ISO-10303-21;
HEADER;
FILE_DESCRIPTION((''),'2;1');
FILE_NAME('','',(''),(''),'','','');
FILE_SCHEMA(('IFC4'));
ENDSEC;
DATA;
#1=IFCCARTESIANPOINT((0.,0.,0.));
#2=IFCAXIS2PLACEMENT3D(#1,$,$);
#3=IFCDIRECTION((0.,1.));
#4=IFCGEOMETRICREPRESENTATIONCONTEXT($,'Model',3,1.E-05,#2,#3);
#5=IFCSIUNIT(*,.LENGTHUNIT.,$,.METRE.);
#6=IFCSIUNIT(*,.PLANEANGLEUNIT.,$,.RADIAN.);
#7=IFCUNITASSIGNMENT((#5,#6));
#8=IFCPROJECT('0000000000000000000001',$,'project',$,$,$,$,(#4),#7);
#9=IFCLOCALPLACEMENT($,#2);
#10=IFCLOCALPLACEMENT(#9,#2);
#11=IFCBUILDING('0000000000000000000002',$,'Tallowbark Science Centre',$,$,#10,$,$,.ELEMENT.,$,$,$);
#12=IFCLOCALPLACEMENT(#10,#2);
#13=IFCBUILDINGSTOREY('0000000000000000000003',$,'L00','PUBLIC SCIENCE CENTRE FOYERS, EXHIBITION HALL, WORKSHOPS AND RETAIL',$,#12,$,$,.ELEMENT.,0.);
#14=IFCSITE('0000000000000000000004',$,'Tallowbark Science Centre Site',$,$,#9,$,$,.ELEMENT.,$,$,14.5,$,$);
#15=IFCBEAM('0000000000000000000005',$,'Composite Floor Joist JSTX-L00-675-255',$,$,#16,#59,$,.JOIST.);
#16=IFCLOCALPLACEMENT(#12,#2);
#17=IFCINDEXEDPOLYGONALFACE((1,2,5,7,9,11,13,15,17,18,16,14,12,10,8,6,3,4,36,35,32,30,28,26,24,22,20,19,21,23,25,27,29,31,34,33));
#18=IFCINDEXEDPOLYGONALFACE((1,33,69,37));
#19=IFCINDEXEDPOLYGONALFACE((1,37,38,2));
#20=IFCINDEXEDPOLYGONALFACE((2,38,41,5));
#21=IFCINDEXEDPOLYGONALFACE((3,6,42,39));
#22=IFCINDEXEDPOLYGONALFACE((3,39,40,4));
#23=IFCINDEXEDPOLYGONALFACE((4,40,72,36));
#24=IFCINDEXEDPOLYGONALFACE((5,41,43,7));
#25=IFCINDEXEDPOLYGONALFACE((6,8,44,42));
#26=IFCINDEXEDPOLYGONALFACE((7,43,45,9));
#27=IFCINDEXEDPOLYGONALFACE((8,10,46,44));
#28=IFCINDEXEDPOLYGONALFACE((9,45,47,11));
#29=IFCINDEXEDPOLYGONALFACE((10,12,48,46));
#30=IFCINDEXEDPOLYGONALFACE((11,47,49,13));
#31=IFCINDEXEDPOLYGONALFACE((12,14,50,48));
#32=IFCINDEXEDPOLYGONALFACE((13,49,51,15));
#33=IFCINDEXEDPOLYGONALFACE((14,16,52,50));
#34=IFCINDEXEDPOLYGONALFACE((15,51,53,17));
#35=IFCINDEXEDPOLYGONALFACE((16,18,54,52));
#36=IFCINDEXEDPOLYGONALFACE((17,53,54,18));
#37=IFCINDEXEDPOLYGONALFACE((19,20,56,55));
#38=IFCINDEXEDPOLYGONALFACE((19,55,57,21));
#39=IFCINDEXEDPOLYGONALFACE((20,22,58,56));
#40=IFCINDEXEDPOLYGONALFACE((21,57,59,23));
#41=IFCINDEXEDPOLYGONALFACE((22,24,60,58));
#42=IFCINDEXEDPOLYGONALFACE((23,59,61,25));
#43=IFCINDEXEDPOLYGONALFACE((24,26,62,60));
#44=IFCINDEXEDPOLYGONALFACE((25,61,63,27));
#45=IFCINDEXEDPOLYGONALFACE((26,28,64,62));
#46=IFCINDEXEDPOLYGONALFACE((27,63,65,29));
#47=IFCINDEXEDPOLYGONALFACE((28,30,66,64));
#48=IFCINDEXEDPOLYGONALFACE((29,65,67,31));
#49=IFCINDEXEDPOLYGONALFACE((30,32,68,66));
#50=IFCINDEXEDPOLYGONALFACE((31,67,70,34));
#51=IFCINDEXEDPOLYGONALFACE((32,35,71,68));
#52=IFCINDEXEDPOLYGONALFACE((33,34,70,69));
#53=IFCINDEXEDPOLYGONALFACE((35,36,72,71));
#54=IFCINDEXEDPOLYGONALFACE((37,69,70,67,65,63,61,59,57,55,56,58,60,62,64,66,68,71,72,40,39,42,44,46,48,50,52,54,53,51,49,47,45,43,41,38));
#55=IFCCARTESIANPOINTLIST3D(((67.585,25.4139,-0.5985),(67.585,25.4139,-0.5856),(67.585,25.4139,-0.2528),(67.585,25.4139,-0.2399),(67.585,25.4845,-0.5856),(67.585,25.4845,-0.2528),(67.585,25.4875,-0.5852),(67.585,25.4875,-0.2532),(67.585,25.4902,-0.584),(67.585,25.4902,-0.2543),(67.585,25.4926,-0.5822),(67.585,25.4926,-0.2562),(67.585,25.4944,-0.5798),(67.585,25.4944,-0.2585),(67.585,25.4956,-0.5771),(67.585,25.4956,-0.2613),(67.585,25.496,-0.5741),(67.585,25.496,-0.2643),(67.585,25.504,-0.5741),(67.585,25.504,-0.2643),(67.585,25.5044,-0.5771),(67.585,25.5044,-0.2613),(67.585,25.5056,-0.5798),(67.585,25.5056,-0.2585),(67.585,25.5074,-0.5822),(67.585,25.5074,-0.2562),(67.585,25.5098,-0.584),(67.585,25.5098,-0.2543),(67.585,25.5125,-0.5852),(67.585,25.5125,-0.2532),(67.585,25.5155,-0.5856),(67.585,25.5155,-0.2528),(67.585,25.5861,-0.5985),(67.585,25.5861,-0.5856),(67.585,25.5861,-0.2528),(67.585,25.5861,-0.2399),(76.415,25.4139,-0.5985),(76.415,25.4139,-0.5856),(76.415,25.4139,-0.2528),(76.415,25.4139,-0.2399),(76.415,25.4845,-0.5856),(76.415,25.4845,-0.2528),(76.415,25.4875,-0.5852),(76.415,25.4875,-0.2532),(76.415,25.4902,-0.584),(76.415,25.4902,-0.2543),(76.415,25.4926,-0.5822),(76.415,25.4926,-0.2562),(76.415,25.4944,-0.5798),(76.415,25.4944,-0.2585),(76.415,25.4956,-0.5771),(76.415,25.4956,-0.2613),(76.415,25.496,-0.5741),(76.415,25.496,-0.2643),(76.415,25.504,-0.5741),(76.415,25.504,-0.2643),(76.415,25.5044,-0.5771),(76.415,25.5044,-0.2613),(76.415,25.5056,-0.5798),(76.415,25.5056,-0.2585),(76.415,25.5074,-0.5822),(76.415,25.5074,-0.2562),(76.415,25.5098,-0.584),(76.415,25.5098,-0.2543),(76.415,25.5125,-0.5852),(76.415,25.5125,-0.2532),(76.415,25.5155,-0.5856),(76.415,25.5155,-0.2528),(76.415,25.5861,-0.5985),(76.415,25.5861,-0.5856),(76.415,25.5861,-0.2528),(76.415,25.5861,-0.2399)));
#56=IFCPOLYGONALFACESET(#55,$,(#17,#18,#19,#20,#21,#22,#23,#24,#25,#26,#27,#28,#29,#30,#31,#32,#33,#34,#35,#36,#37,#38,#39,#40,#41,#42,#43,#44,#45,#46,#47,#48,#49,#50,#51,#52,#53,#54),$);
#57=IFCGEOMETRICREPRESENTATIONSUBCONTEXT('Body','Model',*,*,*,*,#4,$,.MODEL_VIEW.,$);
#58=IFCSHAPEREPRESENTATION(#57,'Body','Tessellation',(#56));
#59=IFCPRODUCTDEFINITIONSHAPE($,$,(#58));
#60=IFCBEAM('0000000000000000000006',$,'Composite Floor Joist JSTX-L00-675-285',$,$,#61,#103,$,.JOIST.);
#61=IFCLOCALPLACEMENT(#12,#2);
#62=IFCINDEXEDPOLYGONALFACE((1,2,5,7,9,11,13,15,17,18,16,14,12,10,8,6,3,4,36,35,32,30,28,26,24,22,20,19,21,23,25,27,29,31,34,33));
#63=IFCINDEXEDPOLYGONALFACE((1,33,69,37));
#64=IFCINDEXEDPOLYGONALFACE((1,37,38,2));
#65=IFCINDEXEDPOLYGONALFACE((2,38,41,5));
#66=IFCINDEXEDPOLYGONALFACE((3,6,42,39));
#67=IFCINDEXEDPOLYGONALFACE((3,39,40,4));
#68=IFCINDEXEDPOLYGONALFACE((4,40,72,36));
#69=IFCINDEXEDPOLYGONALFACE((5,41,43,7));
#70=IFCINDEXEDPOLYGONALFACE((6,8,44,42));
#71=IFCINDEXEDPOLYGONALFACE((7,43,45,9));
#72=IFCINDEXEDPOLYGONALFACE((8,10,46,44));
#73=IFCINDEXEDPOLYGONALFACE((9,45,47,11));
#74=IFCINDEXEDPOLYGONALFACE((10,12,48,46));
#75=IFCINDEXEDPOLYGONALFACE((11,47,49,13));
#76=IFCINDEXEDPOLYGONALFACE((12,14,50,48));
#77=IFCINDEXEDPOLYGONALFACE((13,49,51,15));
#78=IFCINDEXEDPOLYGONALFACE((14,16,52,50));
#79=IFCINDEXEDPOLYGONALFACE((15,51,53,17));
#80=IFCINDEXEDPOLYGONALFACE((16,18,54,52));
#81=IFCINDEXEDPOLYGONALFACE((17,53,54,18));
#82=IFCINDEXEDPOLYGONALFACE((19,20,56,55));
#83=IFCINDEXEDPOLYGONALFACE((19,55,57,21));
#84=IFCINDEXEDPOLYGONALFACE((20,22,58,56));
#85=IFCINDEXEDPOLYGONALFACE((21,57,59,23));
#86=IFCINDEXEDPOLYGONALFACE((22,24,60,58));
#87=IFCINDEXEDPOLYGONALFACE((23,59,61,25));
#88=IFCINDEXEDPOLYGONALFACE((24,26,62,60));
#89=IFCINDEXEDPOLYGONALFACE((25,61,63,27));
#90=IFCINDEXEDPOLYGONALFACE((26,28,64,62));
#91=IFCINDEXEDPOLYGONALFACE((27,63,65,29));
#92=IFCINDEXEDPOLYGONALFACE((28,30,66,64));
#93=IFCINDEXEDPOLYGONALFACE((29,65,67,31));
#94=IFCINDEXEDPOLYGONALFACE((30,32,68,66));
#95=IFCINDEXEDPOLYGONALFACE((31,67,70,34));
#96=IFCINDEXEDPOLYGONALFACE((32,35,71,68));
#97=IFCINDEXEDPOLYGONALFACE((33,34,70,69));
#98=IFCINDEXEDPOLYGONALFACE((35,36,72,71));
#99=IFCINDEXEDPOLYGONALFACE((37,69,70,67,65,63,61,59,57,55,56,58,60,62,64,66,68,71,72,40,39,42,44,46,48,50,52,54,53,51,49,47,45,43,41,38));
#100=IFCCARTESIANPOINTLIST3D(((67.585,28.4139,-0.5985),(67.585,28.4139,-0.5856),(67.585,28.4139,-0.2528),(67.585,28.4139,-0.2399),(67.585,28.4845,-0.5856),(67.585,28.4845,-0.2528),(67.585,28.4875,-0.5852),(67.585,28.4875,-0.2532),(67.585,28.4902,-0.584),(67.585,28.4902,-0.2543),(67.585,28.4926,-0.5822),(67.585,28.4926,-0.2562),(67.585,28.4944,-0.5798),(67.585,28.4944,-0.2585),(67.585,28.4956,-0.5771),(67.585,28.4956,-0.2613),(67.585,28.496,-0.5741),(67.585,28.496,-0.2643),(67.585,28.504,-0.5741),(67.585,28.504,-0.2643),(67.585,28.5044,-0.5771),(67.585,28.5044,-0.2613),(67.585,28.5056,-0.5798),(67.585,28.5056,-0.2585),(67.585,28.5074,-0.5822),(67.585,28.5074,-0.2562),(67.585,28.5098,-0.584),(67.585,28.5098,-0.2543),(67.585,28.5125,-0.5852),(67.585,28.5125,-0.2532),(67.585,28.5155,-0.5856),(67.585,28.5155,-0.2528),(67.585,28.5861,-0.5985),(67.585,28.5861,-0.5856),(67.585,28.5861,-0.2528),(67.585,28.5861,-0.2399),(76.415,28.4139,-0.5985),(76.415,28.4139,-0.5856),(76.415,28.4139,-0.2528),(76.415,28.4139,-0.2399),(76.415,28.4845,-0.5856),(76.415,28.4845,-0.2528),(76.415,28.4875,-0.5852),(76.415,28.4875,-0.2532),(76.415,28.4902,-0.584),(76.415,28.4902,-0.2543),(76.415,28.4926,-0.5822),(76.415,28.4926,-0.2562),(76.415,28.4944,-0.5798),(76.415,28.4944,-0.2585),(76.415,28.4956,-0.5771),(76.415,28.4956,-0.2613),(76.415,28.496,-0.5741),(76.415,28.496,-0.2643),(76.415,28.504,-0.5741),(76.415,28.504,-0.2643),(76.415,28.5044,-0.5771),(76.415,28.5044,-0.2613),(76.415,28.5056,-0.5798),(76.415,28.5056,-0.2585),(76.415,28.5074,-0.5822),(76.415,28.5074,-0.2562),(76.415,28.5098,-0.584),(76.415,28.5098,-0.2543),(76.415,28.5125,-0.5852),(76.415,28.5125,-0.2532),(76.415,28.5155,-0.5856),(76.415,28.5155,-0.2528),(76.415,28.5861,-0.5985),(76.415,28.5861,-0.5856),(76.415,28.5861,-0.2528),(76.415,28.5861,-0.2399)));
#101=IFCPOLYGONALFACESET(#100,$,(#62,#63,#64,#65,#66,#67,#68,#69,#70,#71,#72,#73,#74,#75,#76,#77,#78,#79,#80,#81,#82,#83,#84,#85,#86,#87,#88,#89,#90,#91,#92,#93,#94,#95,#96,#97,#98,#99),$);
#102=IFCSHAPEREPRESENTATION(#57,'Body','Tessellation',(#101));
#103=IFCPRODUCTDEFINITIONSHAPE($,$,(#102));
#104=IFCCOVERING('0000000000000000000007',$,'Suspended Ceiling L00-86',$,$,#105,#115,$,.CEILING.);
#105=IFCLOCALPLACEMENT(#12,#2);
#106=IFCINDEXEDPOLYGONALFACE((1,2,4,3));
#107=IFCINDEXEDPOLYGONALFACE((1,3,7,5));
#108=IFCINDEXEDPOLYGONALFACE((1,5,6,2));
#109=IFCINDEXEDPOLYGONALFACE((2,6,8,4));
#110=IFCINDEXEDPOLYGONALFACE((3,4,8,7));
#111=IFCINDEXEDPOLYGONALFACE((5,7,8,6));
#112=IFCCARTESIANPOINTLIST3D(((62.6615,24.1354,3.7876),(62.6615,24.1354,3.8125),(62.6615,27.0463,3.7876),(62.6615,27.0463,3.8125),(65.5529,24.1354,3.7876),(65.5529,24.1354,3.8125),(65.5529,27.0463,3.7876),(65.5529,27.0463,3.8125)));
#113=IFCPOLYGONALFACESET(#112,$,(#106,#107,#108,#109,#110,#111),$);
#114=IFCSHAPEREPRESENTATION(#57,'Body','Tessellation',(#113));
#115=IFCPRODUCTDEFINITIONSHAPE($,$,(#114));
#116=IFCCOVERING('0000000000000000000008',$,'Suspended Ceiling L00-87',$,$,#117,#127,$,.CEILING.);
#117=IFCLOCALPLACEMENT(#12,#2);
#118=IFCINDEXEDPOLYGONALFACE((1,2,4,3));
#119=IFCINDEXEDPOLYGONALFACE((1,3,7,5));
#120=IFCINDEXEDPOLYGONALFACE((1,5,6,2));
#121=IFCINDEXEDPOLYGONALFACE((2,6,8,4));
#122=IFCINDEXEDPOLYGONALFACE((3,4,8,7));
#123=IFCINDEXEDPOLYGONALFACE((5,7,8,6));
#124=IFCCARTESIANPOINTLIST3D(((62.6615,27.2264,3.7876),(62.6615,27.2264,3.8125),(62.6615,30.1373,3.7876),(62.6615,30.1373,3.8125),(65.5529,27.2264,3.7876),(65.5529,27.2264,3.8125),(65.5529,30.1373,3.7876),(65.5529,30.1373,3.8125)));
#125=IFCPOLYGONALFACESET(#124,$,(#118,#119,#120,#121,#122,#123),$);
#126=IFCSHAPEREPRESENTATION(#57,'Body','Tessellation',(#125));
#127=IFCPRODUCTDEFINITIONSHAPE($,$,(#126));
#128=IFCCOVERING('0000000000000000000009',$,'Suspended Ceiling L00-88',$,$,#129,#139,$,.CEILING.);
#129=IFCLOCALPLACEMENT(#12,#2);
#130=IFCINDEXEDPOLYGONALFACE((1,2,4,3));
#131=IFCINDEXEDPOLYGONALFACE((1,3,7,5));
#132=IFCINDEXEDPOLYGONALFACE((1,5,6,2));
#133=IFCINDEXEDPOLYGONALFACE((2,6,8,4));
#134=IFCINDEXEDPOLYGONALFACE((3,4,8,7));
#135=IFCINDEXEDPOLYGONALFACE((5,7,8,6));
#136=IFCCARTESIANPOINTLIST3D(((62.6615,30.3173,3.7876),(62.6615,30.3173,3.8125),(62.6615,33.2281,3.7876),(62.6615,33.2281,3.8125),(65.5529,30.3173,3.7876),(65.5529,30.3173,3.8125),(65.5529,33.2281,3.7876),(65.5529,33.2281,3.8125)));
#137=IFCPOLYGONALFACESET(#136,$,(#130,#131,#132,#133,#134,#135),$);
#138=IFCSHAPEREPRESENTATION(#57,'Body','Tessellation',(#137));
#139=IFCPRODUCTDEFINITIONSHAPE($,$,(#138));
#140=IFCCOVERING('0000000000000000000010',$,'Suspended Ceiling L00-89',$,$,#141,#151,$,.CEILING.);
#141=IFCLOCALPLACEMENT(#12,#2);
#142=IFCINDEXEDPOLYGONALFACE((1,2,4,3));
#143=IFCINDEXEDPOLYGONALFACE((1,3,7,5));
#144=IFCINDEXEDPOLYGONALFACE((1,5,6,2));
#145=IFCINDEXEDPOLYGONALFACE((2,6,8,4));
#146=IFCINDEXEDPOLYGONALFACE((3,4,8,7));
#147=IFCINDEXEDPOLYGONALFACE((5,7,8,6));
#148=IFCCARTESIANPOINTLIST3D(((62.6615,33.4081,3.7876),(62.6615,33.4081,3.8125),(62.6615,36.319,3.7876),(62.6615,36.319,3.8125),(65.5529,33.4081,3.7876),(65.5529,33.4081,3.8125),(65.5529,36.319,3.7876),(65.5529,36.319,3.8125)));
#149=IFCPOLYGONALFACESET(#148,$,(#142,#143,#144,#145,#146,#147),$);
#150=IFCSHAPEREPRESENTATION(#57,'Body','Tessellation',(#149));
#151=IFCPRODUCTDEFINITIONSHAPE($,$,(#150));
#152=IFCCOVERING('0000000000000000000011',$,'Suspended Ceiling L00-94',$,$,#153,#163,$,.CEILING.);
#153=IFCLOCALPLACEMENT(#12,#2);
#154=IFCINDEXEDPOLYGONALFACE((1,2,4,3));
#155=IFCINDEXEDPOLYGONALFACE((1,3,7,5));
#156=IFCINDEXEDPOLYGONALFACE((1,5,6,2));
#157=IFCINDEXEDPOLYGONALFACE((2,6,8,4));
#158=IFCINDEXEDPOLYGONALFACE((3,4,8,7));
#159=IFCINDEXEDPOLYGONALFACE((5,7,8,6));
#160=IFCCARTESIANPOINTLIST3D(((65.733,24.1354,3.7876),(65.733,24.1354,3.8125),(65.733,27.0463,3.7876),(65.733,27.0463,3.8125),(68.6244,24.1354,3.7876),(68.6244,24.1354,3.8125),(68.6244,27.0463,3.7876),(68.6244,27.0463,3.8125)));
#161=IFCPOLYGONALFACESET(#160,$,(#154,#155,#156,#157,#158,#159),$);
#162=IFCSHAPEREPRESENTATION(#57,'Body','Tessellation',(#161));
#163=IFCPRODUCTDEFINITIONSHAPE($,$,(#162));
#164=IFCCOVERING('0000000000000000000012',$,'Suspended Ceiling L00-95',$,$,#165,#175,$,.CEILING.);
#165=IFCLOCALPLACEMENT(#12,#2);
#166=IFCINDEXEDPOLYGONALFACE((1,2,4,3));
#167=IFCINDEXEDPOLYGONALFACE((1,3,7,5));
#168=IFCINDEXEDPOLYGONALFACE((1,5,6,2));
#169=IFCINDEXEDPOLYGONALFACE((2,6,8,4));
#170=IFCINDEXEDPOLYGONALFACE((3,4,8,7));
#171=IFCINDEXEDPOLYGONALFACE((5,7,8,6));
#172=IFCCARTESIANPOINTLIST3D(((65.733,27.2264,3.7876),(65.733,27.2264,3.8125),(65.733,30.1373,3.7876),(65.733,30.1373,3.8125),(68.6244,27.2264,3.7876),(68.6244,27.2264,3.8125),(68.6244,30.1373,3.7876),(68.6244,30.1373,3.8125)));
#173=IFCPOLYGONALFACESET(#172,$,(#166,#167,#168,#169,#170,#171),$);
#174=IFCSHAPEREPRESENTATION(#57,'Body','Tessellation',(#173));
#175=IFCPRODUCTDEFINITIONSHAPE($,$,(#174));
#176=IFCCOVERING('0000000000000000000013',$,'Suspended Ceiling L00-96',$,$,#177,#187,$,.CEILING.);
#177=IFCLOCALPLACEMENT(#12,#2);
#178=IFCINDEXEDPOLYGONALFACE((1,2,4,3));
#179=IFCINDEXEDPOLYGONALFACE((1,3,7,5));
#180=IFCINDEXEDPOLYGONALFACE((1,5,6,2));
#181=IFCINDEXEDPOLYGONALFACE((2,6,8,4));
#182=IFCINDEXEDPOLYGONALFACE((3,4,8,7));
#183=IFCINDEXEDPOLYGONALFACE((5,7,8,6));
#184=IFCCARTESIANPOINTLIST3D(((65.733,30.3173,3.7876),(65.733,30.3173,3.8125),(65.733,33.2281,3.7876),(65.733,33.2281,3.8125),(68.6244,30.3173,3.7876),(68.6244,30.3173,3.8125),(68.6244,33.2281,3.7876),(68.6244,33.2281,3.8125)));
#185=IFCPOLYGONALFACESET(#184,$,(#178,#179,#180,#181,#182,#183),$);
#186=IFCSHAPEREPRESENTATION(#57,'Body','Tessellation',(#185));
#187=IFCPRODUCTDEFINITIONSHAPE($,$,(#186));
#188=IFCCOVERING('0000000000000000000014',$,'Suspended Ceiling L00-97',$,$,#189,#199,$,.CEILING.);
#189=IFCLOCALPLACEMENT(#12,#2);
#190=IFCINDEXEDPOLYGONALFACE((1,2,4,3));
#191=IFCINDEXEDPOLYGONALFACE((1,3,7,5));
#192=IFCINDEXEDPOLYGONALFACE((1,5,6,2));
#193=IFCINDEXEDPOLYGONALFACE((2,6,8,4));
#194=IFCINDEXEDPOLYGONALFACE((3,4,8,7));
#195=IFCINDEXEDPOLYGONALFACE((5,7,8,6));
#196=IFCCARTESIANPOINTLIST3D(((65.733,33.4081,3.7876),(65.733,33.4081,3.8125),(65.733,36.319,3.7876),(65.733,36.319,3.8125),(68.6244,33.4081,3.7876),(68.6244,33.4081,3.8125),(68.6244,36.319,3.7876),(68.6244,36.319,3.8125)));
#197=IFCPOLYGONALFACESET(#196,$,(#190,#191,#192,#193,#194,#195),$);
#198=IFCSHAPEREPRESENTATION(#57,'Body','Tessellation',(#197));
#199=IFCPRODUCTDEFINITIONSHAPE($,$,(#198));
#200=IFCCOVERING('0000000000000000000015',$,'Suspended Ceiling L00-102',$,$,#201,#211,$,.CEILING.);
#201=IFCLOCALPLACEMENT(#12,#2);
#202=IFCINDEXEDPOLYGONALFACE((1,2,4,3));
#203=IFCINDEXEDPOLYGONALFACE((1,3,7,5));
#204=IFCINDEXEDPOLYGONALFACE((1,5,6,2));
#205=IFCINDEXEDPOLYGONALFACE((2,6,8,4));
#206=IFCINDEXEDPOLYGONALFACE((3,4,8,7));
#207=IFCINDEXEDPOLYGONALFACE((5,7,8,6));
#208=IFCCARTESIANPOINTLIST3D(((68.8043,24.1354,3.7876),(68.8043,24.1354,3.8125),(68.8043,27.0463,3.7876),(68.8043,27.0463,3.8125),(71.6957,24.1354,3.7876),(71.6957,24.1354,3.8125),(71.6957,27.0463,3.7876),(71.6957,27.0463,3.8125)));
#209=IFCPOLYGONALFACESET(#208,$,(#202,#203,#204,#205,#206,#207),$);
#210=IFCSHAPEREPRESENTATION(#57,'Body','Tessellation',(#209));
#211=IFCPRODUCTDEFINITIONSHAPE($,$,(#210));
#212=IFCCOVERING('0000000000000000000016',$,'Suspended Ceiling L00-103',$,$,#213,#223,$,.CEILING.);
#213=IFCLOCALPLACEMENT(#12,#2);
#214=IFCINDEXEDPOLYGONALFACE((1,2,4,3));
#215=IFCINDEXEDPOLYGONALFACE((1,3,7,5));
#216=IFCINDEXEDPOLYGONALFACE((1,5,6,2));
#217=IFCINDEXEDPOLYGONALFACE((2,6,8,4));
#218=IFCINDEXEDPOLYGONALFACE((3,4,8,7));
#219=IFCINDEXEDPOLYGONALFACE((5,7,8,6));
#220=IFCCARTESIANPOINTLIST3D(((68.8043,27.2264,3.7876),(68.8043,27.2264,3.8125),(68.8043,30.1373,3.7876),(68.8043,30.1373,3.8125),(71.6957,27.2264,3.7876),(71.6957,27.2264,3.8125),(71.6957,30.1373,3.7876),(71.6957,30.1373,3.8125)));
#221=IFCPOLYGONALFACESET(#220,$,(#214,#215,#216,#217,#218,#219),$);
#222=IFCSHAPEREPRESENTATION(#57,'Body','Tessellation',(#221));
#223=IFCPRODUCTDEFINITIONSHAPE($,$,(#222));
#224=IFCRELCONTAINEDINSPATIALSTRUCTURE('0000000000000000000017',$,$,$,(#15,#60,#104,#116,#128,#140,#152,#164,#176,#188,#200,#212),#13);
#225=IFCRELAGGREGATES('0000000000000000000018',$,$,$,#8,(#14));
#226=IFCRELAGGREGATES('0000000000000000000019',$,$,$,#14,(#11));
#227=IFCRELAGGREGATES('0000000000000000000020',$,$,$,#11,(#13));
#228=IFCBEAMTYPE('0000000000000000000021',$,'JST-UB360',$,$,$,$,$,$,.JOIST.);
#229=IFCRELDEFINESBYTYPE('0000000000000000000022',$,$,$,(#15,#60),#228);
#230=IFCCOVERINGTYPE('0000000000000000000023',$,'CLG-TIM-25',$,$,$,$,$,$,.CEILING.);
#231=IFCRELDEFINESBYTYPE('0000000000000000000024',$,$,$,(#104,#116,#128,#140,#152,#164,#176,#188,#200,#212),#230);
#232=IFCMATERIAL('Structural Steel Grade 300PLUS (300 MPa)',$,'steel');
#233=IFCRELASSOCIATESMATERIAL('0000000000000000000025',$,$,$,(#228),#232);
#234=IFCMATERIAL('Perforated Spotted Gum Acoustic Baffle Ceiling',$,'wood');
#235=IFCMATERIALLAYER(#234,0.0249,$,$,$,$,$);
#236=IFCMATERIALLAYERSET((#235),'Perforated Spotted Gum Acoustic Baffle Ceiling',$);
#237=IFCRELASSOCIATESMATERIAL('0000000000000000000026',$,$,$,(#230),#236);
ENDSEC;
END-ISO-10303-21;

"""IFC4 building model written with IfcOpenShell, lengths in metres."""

from ifc_helpers import new_model, si_unit, direction, frame, origin, origin_2d, place, context, subcontext, project, spatial, rectangle, i_section, extrude, material, layer, layer_set, material_profile, profile_set, type_object, element, save


model = new_model("IFC4")

# Units and contexts
model_context = context("Model", 3, precision=1e-05, world=origin(), true_north=direction((0.0, 1.0)))
body_context = subcontext(model_context, "Body", "Model", "MODEL_VIEW")
ifc_project = project(units=[si_unit("LENGTHUNIT", "METRE"), si_unit("PLANEANGLEUNIT", "RADIAN")], contexts=[model_context])

# Site, building, storey
site_placement = place(None, origin())
site = spatial("IfcSite", under=ifc_project, at=site_placement, Name="Tallowbark Science Centre Site", CompositionType="ELEMENT", RefElevation=14.5)
building_placement = place(site_placement, origin())
building = spatial("IfcBuilding", under=site, at=building_placement, Name="Tallowbark Science Centre", CompositionType="ELEMENT")
storey_placement = place(building_placement, origin())
storey = spatial("IfcBuildingStorey", under=building, at=storey_placement, Name="L00", Description="PUBLIC SCIENCE CENTRE FOYERS, EXHIBITION HALL, WORKSHOPS AND RETAIL", CompositionType="ELEMENT", Elevation=0.0)

# Shared definitions
ifc_material_1 = material(Name="Structural Steel Grade 300PLUS (300 MPa)", Category="steel")

# Beams
ifc_material_profile_1 = material_profile(ifc_material_1, i_section(OverallWidth=0.1721, OverallDepth=0.3586, WebThickness=0.0081, FlangeThickness=0.0129, FilletRadius=0.0115, at=origin_2d()), Name="360UB56.7")
ifc_profile_set_1 = profile_set([ifc_material_profile_1], Name="Structural Steel Grade 300PLUS (300 MPa)")
beam_type_1 = type_object("IfcBeamType", Name="JST-UB360", PredefinedType="JOIST", material=ifc_profile_set_1)
for number, where, z_axis, x_axis, name in (
    (1, (67.585, 25.5, -0.4192), (1.0, 0.0, 0.0), (0.0, 1.0, 0.0), "Composite Floor Joist JSTX-L00-675-255"),
    (2, (67.585, 28.5, -0.4192), (1.0, 0.0, 0.0), (0.0, 1.0, 0.0), "Composite Floor Joist JSTX-L00-675-285"),
):
    element("IfcBeam", number, at=place(storey_placement, frame(where, z_axis=z_axis, x_axis=x_axis)), inside=storey, type_object=beam_type_1, Name=name, PredefinedType="JOIST", context=body_context, shape_type="SweptSolid", body=[
        extrude(i_section(OverallWidth=0.1721, OverallDepth=0.3586, WebThickness=0.0081, FlangeThickness=0.0129, FilletRadius=0.0115, at=origin_2d()), origin(), (0.0, 0.0, 1.0), 8.8301),
    ])

# Coverings
ifc_material_2 = material(Name="Perforated Spotted Gum Acoustic Baffle Ceiling", Category="wood")
ifc_layer_1 = layer(ifc_material_2, 0.0249)
ifc_layer_set_1 = layer_set([ifc_layer_1], Name="Perforated Spotted Gum Acoustic Baffle Ceiling")
covering_type_1 = type_object("IfcCoveringType", Name="CLG-TIM-25", PredefinedType="CEILING", material=ifc_layer_set_1)
for number, where, z_axis, x_axis, name in (
    (3, (64.1072, 25.5908, 3.7876), (0.0, 0.0, 1.0), (1.0, 0.0, 0.0), "Suspended Ceiling L00-86"),
    (4, (64.1072, 28.6819, 3.7876), (0.0, 0.0, 1.0), (1.0, 0.0, 0.0), "Suspended Ceiling L00-87"),
    (5, (64.1072, 31.7727, 3.7876), (0.0, 0.0, 1.0), (1.0, 0.0, 0.0), "Suspended Ceiling L00-88"),
    (6, (64.1072, 34.8635, 3.7876), (0.0, 0.0, 1.0), (1.0, 0.0, 0.0), "Suspended Ceiling L00-89"),
    (7, (67.1787, 25.5908, 3.7876), (0.0, 0.0, 1.0), (1.0, 0.0, 0.0), "Suspended Ceiling L00-94"),
    (8, (67.1787, 28.6819, 3.7876), (0.0, 0.0, 1.0), (1.0, 0.0, 0.0), "Suspended Ceiling L00-95"),
    (9, (67.1787, 31.7727, 3.7876), (0.0, 0.0, 1.0), (1.0, 0.0, 0.0), "Suspended Ceiling L00-96"),
    (10, (67.1787, 34.8635, 3.7876), (0.0, 0.0, 1.0), (1.0, 0.0, 0.0), "Suspended Ceiling L00-97"),
    (11, (70.25, 25.5908, 3.7876), (0.0, 0.0, 1.0), (1.0, 0.0, 0.0), "Suspended Ceiling L00-102"),
    (12, (70.25, 28.6819, 3.7876), (0.0, 0.0, 1.0), (1.0, 0.0, 0.0), "Suspended Ceiling L00-103"),
):
    element("IfcCovering", number, at=place(storey_placement, frame(where, z_axis=z_axis, x_axis=x_axis)), inside=storey, type_object=covering_type_1, Name=name, PredefinedType="CEILING", context=body_context, shape_type="SweptSolid", body=[
        extrude(rectangle(XDim=2.8914, YDim=2.9109, at=origin_2d()), origin(), (0.0, 0.0, 1.0), 0.0249),
    ])

save(model, "model.ifc")
